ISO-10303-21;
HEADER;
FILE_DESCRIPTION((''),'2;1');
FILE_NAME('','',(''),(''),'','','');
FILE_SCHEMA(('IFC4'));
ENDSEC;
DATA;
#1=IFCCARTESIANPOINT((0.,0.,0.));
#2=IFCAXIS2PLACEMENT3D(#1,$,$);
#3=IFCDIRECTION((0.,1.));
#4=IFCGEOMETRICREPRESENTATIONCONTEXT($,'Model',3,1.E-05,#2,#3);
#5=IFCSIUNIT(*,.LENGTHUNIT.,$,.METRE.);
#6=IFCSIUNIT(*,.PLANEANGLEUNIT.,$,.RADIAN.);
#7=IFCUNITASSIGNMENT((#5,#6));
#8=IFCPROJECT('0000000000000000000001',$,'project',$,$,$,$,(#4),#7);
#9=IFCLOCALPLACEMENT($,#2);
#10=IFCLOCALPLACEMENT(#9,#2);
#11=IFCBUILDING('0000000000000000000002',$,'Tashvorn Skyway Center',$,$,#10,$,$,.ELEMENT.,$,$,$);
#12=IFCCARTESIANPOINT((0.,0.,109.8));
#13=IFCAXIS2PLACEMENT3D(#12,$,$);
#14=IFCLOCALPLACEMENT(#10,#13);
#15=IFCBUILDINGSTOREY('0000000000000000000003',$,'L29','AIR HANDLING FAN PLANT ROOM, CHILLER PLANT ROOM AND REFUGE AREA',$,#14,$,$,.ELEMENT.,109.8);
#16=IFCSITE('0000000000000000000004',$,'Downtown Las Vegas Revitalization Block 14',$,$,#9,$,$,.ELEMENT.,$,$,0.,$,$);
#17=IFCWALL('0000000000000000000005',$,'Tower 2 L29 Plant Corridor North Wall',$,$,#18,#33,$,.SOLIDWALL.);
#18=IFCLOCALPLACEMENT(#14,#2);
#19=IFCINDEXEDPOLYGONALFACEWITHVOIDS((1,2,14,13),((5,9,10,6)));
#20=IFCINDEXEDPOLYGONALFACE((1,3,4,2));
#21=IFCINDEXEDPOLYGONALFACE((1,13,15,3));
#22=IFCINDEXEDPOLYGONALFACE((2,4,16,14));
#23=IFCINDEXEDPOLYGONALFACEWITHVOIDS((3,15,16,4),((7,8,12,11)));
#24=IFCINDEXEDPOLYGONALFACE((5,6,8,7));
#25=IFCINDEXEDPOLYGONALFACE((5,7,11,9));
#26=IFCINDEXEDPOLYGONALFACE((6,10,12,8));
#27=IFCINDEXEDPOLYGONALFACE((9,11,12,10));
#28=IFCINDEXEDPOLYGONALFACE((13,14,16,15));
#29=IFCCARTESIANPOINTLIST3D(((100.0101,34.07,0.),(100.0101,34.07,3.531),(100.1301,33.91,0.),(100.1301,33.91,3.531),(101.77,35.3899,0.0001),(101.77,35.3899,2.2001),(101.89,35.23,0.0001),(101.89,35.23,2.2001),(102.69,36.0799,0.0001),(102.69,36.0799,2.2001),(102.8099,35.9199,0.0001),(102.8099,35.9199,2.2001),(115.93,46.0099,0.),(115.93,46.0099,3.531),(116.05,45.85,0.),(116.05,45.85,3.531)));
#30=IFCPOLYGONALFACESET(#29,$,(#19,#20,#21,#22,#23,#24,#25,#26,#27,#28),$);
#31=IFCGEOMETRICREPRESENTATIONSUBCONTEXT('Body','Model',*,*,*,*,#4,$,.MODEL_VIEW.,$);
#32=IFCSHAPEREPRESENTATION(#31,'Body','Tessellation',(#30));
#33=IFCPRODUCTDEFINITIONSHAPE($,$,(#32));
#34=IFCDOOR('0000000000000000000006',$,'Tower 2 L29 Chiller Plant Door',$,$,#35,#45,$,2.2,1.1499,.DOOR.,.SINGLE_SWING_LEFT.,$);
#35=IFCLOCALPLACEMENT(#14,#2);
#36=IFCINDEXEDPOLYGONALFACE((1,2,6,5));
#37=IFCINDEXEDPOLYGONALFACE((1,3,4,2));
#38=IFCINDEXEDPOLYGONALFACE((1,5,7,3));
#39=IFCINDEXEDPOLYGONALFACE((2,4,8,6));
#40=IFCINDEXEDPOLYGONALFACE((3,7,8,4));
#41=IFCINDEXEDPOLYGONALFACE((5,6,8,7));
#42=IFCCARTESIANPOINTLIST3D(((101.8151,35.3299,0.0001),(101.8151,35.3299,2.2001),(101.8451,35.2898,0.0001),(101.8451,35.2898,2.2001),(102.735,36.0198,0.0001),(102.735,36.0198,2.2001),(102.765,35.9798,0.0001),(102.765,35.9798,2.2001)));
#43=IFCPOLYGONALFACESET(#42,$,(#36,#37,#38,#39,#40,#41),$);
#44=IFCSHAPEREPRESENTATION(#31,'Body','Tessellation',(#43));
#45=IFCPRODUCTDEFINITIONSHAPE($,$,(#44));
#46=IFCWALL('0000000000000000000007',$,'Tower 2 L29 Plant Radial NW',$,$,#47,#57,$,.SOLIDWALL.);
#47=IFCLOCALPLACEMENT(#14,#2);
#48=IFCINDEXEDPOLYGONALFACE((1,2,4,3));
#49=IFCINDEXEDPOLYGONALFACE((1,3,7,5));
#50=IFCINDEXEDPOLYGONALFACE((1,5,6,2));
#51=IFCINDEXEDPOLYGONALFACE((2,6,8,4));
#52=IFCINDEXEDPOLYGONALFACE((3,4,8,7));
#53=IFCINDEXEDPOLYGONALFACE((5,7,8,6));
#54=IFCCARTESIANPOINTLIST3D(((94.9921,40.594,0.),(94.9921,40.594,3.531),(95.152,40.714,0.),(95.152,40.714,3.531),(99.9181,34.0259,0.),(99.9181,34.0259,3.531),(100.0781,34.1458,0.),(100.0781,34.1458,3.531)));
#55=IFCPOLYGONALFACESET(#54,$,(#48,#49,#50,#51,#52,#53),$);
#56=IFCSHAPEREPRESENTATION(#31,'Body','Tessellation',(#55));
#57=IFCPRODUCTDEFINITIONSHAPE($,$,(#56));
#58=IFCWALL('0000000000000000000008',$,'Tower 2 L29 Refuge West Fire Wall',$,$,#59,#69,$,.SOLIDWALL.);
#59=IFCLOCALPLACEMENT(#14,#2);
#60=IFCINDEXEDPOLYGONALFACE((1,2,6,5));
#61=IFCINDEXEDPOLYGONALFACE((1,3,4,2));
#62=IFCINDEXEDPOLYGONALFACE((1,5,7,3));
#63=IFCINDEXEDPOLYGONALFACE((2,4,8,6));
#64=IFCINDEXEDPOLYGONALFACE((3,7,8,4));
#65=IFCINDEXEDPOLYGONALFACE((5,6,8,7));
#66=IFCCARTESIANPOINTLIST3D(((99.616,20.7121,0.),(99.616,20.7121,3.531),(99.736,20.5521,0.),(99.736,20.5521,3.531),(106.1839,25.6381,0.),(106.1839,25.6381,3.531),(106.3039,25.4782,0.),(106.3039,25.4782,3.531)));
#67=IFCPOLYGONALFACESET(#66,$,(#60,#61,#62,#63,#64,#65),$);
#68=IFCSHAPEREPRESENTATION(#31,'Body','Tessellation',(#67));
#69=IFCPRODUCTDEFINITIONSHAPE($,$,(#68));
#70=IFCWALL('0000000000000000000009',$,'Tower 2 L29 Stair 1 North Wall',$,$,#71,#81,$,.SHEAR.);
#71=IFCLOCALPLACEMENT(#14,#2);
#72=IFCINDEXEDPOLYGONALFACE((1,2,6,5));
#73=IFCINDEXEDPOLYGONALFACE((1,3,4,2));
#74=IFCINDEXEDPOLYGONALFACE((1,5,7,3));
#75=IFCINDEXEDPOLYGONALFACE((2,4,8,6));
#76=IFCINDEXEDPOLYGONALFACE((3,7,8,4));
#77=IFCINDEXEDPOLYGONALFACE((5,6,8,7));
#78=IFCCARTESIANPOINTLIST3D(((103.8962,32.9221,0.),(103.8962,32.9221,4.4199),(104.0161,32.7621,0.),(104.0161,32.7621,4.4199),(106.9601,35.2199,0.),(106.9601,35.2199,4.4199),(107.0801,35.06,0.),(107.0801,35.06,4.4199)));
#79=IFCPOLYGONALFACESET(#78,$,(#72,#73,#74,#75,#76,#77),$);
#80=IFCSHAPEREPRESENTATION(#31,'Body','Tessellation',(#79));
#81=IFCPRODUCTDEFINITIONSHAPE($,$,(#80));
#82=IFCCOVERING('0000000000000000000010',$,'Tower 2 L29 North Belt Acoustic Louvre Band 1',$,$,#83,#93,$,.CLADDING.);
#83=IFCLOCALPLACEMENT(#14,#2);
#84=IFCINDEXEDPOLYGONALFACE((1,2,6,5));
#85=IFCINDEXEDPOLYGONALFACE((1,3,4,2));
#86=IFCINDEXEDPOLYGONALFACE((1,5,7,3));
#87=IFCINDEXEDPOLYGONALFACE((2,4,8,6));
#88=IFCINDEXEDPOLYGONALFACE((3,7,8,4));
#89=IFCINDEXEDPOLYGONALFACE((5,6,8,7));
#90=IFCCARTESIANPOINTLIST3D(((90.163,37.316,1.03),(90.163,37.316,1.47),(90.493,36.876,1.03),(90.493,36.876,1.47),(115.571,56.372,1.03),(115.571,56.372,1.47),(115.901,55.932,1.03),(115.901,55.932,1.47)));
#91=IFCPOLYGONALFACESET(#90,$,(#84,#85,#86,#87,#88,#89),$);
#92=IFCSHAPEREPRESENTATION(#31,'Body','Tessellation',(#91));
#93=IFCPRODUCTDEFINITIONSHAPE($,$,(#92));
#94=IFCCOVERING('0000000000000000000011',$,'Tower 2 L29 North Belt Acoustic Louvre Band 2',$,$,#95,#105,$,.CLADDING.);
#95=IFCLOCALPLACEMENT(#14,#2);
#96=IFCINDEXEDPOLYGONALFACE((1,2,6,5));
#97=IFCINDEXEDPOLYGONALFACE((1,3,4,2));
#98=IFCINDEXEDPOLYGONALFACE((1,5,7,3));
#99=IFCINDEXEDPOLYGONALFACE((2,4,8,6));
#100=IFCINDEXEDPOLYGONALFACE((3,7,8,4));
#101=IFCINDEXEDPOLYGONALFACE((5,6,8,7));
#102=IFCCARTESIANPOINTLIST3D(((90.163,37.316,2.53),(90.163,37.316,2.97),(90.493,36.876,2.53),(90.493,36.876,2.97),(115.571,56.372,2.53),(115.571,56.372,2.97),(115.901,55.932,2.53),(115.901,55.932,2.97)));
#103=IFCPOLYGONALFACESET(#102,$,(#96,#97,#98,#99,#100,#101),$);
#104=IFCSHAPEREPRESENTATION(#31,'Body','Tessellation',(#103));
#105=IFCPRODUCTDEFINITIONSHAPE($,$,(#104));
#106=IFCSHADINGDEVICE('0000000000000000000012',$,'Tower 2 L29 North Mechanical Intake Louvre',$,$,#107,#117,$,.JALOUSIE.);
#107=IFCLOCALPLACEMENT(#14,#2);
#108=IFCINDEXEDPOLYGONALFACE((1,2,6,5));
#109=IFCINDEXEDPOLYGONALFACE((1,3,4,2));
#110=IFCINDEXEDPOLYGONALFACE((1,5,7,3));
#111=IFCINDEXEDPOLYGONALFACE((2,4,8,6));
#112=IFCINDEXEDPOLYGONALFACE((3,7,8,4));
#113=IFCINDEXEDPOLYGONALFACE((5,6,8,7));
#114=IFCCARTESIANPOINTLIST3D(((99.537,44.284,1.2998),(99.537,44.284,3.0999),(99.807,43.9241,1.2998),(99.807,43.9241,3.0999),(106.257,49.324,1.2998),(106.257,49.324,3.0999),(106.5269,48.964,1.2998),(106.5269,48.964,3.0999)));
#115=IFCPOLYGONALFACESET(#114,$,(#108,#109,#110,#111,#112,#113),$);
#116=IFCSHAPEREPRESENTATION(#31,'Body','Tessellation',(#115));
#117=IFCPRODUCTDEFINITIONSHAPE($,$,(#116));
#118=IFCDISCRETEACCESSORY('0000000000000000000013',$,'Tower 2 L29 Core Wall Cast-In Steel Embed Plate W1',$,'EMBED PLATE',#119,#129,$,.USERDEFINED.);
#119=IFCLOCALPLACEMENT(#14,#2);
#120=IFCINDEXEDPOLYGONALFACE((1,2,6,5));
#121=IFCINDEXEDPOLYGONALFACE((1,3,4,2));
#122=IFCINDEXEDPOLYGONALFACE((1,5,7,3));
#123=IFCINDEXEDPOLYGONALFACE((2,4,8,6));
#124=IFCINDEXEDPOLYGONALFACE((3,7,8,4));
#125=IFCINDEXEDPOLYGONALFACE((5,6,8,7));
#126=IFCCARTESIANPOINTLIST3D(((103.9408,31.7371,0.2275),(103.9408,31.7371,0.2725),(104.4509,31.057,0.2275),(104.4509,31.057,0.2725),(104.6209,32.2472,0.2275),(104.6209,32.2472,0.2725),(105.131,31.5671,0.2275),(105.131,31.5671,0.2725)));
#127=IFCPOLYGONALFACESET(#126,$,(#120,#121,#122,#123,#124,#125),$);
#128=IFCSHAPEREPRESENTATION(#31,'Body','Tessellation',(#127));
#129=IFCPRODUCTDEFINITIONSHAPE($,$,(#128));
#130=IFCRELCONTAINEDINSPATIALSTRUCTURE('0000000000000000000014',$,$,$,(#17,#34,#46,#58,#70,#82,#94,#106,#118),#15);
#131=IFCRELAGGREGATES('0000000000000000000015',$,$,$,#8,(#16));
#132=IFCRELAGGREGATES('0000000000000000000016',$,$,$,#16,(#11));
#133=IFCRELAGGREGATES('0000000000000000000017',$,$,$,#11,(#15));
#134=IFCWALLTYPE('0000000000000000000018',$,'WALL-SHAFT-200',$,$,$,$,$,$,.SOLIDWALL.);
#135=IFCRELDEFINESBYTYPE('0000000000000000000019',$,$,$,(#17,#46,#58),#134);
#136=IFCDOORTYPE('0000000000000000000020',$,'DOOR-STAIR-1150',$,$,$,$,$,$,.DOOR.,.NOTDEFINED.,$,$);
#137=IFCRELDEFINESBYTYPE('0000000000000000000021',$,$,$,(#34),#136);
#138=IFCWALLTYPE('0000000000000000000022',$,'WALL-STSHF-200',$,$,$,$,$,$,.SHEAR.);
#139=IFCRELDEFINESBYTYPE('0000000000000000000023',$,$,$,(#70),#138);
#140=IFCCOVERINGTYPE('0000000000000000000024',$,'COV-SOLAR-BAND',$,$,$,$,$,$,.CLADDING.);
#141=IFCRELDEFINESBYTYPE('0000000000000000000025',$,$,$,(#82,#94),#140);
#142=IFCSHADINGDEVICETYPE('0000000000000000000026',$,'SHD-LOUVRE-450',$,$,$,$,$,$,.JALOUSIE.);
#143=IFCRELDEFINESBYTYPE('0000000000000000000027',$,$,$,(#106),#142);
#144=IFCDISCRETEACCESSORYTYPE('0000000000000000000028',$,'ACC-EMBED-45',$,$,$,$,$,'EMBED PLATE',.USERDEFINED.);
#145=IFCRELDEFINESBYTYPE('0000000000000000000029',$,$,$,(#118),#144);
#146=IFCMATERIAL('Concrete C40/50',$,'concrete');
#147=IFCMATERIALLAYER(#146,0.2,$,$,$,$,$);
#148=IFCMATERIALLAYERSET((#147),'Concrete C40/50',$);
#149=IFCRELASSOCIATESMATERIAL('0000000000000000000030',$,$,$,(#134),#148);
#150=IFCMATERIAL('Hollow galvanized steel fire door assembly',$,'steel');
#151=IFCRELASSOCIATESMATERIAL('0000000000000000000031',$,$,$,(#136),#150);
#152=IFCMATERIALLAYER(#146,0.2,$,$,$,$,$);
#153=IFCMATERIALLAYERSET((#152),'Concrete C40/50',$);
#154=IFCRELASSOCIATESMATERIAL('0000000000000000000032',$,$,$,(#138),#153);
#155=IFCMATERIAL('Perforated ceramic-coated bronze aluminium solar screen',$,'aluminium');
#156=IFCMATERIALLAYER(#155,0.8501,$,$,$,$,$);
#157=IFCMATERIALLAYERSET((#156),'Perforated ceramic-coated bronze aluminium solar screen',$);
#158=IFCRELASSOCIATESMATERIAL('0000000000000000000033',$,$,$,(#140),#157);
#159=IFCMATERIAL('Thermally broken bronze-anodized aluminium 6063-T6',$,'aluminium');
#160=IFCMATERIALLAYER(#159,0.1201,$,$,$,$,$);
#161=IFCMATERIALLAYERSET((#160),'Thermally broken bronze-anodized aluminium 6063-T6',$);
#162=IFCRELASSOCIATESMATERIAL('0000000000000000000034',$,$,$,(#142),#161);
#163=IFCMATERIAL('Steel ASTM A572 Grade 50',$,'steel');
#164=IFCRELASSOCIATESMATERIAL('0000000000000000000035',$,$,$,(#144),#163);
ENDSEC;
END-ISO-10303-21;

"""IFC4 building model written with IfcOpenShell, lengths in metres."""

from ifc_helpers import new_model, si_unit, direction, frame, frame_2d, origin, origin_2d, place, context, subcontext, project, spatial, rectangle, extrude, material, layer, layer_set, type_object, element, fill, save


model = new_model("IFC4")

# Units and contexts
model_context = context("Model", 3, precision=1e-05, world=origin(), true_north=direction((0.0, 1.0)))
body_context = subcontext(model_context, "Body", "Model", "MODEL_VIEW")
ifc_project = project(units=[si_unit("LENGTHUNIT", "METRE"), si_unit("PLANEANGLEUNIT", "RADIAN")], contexts=[model_context])

# Site, building, storey
site_placement = place(None, origin())
site = spatial("IfcSite", under=ifc_project, at=site_placement, Name="Downtown Las Vegas Revitalization Block 14", CompositionType="ELEMENT", RefElevation=0.0)
building_placement = place(site_placement, origin())
building = spatial("IfcBuilding", under=site, at=building_placement, Name="Tashvorn Skyway Center", CompositionType="ELEMENT")
storey_placement = place(building_placement, frame((0.0, 0.0, 109.8)))
storey = spatial("IfcBuildingStorey", under=building, at=storey_placement, Name="L29", Description="AIR HANDLING FAN PLANT ROOM, CHILLER PLANT ROOM AND REFUGE AREA", CompositionType="ELEMENT", Elevation=109.8)

# Shared definitions
ifc_material_1 = material(Name="Steel ASTM A572 Grade 50", Category="steel")

# Shared definitions
ifc_material_2 = material(Name="Hollow galvanized steel fire door assembly", Category="steel")

# Wall, opening, door
ifc_material_3 = material(Name="Concrete C40/50", Category="concrete")
ifc_layer_1 = layer(ifc_material_3, 0.2)
ifc_layer_set_1 = layer_set([ifc_layer_1], Name="Concrete C40/50")
wall_type_1 = type_object("IfcWallType", Name="WALL-SHAFT-200", PredefinedType="SOLIDWALL", material=ifc_layer_set_1)
wall_1_placement = place(storey_placement, frame((100.0701, 33.99, 0.0), z_axis=(0.0, 0.0, 1.0), x_axis=(0.8, 0.6, 0.0)))
wall_1 = element("IfcWall", 1, at=wall_1_placement, inside=storey, type_object=wall_type_1, Name="Tower 2 L29 Plant Corridor North Wall", PredefinedType="SOLIDWALL", context=body_context, shape_type="SweptSolid", body=[
    extrude(rectangle(XDim=19.8999, YDim=0.2, at=frame_2d((9.95, 0.0))), origin(), (0.0, 0.0, 1.0), 3.531),
])
opening_1_placement = place(wall_1_placement, frame((2.2, 0.0, 0.0)))
opening_1 = element("IfcOpeningElement", 2, at=opening_1_placement, cuts=wall_1, PredefinedType="OPENING", context=body_context, shape_type="SweptSolid", body=[
    extrude(rectangle(XDim=1.1499, YDim=2.2, at=frame_2d((0.575, 1.1001))), frame((0.0, 0.1099, 0.0), z_axis=(0.0, -1.0, 0.0), x_axis=(1.0, 0.0, 0.0)), (0.0, 0.0, 1.0), 0.22),
])
door_type_1 = type_object("IfcDoorType", Name="DOOR-STAIR-1150", OperationType="NOTDEFINED", PredefinedType="DOOR", material=ifc_material_2)
door_1_placement = place(opening_1_placement, origin())
door_1 = element("IfcDoor", 3, at=door_1_placement, inside=storey, type_object=door_type_1, Name="Tower 2 L29 Chiller Plant Door", OperationType="SINGLE_SWING_LEFT", OverallHeight=2.2, OverallWidth=1.1499, PredefinedType="DOOR", context=body_context, shape_type="SweptSolid", body=[
    extrude(rectangle(XDim=1.1499, YDim=2.2, at=frame_2d((0.575, 1.1001))), frame((0.0, 0.0249, 0.0), z_axis=(0.0, -1.0, 0.0), x_axis=(1.0, 0.0, 0.0)), (0.0, 0.0, 1.0), 0.05),
])
fill(opening_1, door_1)

# Walls
wall_2_placement = place(storey_placement, frame((99.998, 34.0859, 0.0), z_axis=(0.0, 0.0, 1.0), x_axis=(-0.599995, 0.800004, 0.0)))
element("IfcWall", 4, at=wall_2_placement, inside=storey, type_object=wall_type_1, Name="Tower 2 L29 Plant Radial NW", PredefinedType="SOLIDWALL", context=body_context, shape_type="SweptSolid", body=[
    extrude(rectangle(XDim=8.2102, YDim=0.2, at=frame_2d((4.105, 0.0))), origin(), (0.0, 0.0, 1.0), 3.531),
])
wall_3_placement = place(storey_placement, frame((99.676, 20.6321, 0.0), z_axis=(0.0, 0.0, 1.0), x_axis=(0.799993, 0.60001, 0.0)))
element("IfcWall", 5, at=wall_3_placement, inside=storey, type_object=wall_type_1, Name="Tower 2 L29 Refuge West Fire Wall", PredefinedType="SOLIDWALL", context=body_context, shape_type="SweptSolid", body=[
    extrude(rectangle(XDim=8.21, YDim=0.2, at=frame_2d((4.105, 0.0))), origin(), (0.0, 0.0, 1.0), 3.531),
])
ifc_layer_2 = layer(ifc_material_3, 0.2)
ifc_layer_set_2 = layer_set([ifc_layer_2], Name="Concrete C40/50")
wall_type_2 = type_object("IfcWallType", Name="WALL-STSHF-200", PredefinedType="SHEAR", material=ifc_layer_set_2)
wall_4_placement = place(storey_placement, frame((103.9561, 32.842, 0.0), z_axis=(0.0, 0.0, 1.0), x_axis=(0.800015, 0.59998, 0.0)))
element("IfcWall", 6, at=wall_4_placement, inside=storey, type_object=wall_type_2, Name="Tower 2 L29 Stair 1 North Wall", PredefinedType="SHEAR", context=body_context, shape_type="SweptSolid", body=[
    extrude(rectangle(XDim=3.8298, YDim=0.2, at=frame_2d((1.915, 0.0))), origin(), (0.0, 0.0, 1.0), 4.4199),
])

# Coverings
ifc_material_4 = material(Name="Perforated ceramic-coated bronze aluminium solar screen", Category="aluminium")
ifc_layer_3 = layer(ifc_material_4, 0.8501)
ifc_layer_set_3 = layer_set([ifc_layer_3], Name="Perforated ceramic-coated bronze aluminium solar screen")
covering_type = type_object("IfcCoveringType", Name="COV-SOLAR-BAND", PredefinedType="CLADDING", material=ifc_layer_set_3)
for number, where, z_axis, x_axis, name in (
    (7, (103.032, 46.624, 1.03), (0.0, 0.0, 1.0), (0.8, 0.6, 0.0), "Tower 2 L29 North Belt Acoustic Louvre Band 1"),
    (8, (103.032, 46.624, 2.53), (0.0, 0.0, 1.0), (0.8, 0.6, 0.0), "Tower 2 L29 North Belt Acoustic Louvre Band 2"),
):
    element("IfcCovering", number, at=place(storey_placement, frame(where, z_axis=z_axis, x_axis=x_axis)), inside=storey, type_object=covering_type, Name=name, PredefinedType="CLADDING", context=body_context, shape_type="SweptSolid", body=[
        extrude(rectangle(XDim=31.76, YDim=0.55, at=origin_2d()), origin(), (0.0, 0.0, 1.0), 0.4399),
    ])

# Shading device
ifc_material_5 = material(Name="Thermally broken bronze-anodized aluminium 6063-T6", Category="aluminium")
ifc_layer_4 = layer(ifc_material_5, 0.1201)
ifc_layer_set_4 = layer_set([ifc_layer_4], Name="Thermally broken bronze-anodized aluminium 6063-T6")
shading_device_type = type_object("IfcShadingDeviceType", Name="SHD-LOUVRE-450", PredefinedType="JALOUSIE", material=ifc_layer_set_4)
shading_device_placement = place(storey_placement, frame((103.032, 46.624, 1.2998), z_axis=(0.0, 0.0, 1.0), x_axis=(0.8, 0.6, 0.0)))
element("IfcShadingDevice", 9, at=shading_device_placement, inside=storey, type_object=shading_device_type, Name="Tower 2 L29 North Mechanical Intake Louvre", PredefinedType="JALOUSIE", context=body_context, shape_type="SweptSolid", body=[
    extrude(rectangle(XDim=8.3999, YDim=0.45, at=origin_2d()), origin(), (0.0, 0.0, 1.0), 1.8),
])

# Discrete accessory
discrete_accessory_type = type_object("IfcDiscreteAccessoryType", Name="ACC-EMBED-45", ElementType="EMBED PLATE", PredefinedType="USERDEFINED", material=ifc_material_1)
discrete_accessory_placement = place(storey_placement, frame((104.5359, 31.6521, 0.2275), z_axis=(0.0, 0.0, 1.0), x_axis=(0.8, 0.6, 0.0)))
element("IfcDiscreteAccessory", 10, at=discrete_accessory_placement, inside=storey, type_object=discrete_accessory_type, Name="Tower 2 L29 Core Wall Cast-In Steel Embed Plate W1", ObjectType="EMBED PLATE", PredefinedType="USERDEFINED", context=body_context, shape_type="SweptSolid", body=[
    extrude(rectangle(XDim=0.8501, YDim=0.8501, at=origin_2d()), origin(), (0.0, 0.0, 1.0), 0.0449),
])

save(model, "model.ifc")
